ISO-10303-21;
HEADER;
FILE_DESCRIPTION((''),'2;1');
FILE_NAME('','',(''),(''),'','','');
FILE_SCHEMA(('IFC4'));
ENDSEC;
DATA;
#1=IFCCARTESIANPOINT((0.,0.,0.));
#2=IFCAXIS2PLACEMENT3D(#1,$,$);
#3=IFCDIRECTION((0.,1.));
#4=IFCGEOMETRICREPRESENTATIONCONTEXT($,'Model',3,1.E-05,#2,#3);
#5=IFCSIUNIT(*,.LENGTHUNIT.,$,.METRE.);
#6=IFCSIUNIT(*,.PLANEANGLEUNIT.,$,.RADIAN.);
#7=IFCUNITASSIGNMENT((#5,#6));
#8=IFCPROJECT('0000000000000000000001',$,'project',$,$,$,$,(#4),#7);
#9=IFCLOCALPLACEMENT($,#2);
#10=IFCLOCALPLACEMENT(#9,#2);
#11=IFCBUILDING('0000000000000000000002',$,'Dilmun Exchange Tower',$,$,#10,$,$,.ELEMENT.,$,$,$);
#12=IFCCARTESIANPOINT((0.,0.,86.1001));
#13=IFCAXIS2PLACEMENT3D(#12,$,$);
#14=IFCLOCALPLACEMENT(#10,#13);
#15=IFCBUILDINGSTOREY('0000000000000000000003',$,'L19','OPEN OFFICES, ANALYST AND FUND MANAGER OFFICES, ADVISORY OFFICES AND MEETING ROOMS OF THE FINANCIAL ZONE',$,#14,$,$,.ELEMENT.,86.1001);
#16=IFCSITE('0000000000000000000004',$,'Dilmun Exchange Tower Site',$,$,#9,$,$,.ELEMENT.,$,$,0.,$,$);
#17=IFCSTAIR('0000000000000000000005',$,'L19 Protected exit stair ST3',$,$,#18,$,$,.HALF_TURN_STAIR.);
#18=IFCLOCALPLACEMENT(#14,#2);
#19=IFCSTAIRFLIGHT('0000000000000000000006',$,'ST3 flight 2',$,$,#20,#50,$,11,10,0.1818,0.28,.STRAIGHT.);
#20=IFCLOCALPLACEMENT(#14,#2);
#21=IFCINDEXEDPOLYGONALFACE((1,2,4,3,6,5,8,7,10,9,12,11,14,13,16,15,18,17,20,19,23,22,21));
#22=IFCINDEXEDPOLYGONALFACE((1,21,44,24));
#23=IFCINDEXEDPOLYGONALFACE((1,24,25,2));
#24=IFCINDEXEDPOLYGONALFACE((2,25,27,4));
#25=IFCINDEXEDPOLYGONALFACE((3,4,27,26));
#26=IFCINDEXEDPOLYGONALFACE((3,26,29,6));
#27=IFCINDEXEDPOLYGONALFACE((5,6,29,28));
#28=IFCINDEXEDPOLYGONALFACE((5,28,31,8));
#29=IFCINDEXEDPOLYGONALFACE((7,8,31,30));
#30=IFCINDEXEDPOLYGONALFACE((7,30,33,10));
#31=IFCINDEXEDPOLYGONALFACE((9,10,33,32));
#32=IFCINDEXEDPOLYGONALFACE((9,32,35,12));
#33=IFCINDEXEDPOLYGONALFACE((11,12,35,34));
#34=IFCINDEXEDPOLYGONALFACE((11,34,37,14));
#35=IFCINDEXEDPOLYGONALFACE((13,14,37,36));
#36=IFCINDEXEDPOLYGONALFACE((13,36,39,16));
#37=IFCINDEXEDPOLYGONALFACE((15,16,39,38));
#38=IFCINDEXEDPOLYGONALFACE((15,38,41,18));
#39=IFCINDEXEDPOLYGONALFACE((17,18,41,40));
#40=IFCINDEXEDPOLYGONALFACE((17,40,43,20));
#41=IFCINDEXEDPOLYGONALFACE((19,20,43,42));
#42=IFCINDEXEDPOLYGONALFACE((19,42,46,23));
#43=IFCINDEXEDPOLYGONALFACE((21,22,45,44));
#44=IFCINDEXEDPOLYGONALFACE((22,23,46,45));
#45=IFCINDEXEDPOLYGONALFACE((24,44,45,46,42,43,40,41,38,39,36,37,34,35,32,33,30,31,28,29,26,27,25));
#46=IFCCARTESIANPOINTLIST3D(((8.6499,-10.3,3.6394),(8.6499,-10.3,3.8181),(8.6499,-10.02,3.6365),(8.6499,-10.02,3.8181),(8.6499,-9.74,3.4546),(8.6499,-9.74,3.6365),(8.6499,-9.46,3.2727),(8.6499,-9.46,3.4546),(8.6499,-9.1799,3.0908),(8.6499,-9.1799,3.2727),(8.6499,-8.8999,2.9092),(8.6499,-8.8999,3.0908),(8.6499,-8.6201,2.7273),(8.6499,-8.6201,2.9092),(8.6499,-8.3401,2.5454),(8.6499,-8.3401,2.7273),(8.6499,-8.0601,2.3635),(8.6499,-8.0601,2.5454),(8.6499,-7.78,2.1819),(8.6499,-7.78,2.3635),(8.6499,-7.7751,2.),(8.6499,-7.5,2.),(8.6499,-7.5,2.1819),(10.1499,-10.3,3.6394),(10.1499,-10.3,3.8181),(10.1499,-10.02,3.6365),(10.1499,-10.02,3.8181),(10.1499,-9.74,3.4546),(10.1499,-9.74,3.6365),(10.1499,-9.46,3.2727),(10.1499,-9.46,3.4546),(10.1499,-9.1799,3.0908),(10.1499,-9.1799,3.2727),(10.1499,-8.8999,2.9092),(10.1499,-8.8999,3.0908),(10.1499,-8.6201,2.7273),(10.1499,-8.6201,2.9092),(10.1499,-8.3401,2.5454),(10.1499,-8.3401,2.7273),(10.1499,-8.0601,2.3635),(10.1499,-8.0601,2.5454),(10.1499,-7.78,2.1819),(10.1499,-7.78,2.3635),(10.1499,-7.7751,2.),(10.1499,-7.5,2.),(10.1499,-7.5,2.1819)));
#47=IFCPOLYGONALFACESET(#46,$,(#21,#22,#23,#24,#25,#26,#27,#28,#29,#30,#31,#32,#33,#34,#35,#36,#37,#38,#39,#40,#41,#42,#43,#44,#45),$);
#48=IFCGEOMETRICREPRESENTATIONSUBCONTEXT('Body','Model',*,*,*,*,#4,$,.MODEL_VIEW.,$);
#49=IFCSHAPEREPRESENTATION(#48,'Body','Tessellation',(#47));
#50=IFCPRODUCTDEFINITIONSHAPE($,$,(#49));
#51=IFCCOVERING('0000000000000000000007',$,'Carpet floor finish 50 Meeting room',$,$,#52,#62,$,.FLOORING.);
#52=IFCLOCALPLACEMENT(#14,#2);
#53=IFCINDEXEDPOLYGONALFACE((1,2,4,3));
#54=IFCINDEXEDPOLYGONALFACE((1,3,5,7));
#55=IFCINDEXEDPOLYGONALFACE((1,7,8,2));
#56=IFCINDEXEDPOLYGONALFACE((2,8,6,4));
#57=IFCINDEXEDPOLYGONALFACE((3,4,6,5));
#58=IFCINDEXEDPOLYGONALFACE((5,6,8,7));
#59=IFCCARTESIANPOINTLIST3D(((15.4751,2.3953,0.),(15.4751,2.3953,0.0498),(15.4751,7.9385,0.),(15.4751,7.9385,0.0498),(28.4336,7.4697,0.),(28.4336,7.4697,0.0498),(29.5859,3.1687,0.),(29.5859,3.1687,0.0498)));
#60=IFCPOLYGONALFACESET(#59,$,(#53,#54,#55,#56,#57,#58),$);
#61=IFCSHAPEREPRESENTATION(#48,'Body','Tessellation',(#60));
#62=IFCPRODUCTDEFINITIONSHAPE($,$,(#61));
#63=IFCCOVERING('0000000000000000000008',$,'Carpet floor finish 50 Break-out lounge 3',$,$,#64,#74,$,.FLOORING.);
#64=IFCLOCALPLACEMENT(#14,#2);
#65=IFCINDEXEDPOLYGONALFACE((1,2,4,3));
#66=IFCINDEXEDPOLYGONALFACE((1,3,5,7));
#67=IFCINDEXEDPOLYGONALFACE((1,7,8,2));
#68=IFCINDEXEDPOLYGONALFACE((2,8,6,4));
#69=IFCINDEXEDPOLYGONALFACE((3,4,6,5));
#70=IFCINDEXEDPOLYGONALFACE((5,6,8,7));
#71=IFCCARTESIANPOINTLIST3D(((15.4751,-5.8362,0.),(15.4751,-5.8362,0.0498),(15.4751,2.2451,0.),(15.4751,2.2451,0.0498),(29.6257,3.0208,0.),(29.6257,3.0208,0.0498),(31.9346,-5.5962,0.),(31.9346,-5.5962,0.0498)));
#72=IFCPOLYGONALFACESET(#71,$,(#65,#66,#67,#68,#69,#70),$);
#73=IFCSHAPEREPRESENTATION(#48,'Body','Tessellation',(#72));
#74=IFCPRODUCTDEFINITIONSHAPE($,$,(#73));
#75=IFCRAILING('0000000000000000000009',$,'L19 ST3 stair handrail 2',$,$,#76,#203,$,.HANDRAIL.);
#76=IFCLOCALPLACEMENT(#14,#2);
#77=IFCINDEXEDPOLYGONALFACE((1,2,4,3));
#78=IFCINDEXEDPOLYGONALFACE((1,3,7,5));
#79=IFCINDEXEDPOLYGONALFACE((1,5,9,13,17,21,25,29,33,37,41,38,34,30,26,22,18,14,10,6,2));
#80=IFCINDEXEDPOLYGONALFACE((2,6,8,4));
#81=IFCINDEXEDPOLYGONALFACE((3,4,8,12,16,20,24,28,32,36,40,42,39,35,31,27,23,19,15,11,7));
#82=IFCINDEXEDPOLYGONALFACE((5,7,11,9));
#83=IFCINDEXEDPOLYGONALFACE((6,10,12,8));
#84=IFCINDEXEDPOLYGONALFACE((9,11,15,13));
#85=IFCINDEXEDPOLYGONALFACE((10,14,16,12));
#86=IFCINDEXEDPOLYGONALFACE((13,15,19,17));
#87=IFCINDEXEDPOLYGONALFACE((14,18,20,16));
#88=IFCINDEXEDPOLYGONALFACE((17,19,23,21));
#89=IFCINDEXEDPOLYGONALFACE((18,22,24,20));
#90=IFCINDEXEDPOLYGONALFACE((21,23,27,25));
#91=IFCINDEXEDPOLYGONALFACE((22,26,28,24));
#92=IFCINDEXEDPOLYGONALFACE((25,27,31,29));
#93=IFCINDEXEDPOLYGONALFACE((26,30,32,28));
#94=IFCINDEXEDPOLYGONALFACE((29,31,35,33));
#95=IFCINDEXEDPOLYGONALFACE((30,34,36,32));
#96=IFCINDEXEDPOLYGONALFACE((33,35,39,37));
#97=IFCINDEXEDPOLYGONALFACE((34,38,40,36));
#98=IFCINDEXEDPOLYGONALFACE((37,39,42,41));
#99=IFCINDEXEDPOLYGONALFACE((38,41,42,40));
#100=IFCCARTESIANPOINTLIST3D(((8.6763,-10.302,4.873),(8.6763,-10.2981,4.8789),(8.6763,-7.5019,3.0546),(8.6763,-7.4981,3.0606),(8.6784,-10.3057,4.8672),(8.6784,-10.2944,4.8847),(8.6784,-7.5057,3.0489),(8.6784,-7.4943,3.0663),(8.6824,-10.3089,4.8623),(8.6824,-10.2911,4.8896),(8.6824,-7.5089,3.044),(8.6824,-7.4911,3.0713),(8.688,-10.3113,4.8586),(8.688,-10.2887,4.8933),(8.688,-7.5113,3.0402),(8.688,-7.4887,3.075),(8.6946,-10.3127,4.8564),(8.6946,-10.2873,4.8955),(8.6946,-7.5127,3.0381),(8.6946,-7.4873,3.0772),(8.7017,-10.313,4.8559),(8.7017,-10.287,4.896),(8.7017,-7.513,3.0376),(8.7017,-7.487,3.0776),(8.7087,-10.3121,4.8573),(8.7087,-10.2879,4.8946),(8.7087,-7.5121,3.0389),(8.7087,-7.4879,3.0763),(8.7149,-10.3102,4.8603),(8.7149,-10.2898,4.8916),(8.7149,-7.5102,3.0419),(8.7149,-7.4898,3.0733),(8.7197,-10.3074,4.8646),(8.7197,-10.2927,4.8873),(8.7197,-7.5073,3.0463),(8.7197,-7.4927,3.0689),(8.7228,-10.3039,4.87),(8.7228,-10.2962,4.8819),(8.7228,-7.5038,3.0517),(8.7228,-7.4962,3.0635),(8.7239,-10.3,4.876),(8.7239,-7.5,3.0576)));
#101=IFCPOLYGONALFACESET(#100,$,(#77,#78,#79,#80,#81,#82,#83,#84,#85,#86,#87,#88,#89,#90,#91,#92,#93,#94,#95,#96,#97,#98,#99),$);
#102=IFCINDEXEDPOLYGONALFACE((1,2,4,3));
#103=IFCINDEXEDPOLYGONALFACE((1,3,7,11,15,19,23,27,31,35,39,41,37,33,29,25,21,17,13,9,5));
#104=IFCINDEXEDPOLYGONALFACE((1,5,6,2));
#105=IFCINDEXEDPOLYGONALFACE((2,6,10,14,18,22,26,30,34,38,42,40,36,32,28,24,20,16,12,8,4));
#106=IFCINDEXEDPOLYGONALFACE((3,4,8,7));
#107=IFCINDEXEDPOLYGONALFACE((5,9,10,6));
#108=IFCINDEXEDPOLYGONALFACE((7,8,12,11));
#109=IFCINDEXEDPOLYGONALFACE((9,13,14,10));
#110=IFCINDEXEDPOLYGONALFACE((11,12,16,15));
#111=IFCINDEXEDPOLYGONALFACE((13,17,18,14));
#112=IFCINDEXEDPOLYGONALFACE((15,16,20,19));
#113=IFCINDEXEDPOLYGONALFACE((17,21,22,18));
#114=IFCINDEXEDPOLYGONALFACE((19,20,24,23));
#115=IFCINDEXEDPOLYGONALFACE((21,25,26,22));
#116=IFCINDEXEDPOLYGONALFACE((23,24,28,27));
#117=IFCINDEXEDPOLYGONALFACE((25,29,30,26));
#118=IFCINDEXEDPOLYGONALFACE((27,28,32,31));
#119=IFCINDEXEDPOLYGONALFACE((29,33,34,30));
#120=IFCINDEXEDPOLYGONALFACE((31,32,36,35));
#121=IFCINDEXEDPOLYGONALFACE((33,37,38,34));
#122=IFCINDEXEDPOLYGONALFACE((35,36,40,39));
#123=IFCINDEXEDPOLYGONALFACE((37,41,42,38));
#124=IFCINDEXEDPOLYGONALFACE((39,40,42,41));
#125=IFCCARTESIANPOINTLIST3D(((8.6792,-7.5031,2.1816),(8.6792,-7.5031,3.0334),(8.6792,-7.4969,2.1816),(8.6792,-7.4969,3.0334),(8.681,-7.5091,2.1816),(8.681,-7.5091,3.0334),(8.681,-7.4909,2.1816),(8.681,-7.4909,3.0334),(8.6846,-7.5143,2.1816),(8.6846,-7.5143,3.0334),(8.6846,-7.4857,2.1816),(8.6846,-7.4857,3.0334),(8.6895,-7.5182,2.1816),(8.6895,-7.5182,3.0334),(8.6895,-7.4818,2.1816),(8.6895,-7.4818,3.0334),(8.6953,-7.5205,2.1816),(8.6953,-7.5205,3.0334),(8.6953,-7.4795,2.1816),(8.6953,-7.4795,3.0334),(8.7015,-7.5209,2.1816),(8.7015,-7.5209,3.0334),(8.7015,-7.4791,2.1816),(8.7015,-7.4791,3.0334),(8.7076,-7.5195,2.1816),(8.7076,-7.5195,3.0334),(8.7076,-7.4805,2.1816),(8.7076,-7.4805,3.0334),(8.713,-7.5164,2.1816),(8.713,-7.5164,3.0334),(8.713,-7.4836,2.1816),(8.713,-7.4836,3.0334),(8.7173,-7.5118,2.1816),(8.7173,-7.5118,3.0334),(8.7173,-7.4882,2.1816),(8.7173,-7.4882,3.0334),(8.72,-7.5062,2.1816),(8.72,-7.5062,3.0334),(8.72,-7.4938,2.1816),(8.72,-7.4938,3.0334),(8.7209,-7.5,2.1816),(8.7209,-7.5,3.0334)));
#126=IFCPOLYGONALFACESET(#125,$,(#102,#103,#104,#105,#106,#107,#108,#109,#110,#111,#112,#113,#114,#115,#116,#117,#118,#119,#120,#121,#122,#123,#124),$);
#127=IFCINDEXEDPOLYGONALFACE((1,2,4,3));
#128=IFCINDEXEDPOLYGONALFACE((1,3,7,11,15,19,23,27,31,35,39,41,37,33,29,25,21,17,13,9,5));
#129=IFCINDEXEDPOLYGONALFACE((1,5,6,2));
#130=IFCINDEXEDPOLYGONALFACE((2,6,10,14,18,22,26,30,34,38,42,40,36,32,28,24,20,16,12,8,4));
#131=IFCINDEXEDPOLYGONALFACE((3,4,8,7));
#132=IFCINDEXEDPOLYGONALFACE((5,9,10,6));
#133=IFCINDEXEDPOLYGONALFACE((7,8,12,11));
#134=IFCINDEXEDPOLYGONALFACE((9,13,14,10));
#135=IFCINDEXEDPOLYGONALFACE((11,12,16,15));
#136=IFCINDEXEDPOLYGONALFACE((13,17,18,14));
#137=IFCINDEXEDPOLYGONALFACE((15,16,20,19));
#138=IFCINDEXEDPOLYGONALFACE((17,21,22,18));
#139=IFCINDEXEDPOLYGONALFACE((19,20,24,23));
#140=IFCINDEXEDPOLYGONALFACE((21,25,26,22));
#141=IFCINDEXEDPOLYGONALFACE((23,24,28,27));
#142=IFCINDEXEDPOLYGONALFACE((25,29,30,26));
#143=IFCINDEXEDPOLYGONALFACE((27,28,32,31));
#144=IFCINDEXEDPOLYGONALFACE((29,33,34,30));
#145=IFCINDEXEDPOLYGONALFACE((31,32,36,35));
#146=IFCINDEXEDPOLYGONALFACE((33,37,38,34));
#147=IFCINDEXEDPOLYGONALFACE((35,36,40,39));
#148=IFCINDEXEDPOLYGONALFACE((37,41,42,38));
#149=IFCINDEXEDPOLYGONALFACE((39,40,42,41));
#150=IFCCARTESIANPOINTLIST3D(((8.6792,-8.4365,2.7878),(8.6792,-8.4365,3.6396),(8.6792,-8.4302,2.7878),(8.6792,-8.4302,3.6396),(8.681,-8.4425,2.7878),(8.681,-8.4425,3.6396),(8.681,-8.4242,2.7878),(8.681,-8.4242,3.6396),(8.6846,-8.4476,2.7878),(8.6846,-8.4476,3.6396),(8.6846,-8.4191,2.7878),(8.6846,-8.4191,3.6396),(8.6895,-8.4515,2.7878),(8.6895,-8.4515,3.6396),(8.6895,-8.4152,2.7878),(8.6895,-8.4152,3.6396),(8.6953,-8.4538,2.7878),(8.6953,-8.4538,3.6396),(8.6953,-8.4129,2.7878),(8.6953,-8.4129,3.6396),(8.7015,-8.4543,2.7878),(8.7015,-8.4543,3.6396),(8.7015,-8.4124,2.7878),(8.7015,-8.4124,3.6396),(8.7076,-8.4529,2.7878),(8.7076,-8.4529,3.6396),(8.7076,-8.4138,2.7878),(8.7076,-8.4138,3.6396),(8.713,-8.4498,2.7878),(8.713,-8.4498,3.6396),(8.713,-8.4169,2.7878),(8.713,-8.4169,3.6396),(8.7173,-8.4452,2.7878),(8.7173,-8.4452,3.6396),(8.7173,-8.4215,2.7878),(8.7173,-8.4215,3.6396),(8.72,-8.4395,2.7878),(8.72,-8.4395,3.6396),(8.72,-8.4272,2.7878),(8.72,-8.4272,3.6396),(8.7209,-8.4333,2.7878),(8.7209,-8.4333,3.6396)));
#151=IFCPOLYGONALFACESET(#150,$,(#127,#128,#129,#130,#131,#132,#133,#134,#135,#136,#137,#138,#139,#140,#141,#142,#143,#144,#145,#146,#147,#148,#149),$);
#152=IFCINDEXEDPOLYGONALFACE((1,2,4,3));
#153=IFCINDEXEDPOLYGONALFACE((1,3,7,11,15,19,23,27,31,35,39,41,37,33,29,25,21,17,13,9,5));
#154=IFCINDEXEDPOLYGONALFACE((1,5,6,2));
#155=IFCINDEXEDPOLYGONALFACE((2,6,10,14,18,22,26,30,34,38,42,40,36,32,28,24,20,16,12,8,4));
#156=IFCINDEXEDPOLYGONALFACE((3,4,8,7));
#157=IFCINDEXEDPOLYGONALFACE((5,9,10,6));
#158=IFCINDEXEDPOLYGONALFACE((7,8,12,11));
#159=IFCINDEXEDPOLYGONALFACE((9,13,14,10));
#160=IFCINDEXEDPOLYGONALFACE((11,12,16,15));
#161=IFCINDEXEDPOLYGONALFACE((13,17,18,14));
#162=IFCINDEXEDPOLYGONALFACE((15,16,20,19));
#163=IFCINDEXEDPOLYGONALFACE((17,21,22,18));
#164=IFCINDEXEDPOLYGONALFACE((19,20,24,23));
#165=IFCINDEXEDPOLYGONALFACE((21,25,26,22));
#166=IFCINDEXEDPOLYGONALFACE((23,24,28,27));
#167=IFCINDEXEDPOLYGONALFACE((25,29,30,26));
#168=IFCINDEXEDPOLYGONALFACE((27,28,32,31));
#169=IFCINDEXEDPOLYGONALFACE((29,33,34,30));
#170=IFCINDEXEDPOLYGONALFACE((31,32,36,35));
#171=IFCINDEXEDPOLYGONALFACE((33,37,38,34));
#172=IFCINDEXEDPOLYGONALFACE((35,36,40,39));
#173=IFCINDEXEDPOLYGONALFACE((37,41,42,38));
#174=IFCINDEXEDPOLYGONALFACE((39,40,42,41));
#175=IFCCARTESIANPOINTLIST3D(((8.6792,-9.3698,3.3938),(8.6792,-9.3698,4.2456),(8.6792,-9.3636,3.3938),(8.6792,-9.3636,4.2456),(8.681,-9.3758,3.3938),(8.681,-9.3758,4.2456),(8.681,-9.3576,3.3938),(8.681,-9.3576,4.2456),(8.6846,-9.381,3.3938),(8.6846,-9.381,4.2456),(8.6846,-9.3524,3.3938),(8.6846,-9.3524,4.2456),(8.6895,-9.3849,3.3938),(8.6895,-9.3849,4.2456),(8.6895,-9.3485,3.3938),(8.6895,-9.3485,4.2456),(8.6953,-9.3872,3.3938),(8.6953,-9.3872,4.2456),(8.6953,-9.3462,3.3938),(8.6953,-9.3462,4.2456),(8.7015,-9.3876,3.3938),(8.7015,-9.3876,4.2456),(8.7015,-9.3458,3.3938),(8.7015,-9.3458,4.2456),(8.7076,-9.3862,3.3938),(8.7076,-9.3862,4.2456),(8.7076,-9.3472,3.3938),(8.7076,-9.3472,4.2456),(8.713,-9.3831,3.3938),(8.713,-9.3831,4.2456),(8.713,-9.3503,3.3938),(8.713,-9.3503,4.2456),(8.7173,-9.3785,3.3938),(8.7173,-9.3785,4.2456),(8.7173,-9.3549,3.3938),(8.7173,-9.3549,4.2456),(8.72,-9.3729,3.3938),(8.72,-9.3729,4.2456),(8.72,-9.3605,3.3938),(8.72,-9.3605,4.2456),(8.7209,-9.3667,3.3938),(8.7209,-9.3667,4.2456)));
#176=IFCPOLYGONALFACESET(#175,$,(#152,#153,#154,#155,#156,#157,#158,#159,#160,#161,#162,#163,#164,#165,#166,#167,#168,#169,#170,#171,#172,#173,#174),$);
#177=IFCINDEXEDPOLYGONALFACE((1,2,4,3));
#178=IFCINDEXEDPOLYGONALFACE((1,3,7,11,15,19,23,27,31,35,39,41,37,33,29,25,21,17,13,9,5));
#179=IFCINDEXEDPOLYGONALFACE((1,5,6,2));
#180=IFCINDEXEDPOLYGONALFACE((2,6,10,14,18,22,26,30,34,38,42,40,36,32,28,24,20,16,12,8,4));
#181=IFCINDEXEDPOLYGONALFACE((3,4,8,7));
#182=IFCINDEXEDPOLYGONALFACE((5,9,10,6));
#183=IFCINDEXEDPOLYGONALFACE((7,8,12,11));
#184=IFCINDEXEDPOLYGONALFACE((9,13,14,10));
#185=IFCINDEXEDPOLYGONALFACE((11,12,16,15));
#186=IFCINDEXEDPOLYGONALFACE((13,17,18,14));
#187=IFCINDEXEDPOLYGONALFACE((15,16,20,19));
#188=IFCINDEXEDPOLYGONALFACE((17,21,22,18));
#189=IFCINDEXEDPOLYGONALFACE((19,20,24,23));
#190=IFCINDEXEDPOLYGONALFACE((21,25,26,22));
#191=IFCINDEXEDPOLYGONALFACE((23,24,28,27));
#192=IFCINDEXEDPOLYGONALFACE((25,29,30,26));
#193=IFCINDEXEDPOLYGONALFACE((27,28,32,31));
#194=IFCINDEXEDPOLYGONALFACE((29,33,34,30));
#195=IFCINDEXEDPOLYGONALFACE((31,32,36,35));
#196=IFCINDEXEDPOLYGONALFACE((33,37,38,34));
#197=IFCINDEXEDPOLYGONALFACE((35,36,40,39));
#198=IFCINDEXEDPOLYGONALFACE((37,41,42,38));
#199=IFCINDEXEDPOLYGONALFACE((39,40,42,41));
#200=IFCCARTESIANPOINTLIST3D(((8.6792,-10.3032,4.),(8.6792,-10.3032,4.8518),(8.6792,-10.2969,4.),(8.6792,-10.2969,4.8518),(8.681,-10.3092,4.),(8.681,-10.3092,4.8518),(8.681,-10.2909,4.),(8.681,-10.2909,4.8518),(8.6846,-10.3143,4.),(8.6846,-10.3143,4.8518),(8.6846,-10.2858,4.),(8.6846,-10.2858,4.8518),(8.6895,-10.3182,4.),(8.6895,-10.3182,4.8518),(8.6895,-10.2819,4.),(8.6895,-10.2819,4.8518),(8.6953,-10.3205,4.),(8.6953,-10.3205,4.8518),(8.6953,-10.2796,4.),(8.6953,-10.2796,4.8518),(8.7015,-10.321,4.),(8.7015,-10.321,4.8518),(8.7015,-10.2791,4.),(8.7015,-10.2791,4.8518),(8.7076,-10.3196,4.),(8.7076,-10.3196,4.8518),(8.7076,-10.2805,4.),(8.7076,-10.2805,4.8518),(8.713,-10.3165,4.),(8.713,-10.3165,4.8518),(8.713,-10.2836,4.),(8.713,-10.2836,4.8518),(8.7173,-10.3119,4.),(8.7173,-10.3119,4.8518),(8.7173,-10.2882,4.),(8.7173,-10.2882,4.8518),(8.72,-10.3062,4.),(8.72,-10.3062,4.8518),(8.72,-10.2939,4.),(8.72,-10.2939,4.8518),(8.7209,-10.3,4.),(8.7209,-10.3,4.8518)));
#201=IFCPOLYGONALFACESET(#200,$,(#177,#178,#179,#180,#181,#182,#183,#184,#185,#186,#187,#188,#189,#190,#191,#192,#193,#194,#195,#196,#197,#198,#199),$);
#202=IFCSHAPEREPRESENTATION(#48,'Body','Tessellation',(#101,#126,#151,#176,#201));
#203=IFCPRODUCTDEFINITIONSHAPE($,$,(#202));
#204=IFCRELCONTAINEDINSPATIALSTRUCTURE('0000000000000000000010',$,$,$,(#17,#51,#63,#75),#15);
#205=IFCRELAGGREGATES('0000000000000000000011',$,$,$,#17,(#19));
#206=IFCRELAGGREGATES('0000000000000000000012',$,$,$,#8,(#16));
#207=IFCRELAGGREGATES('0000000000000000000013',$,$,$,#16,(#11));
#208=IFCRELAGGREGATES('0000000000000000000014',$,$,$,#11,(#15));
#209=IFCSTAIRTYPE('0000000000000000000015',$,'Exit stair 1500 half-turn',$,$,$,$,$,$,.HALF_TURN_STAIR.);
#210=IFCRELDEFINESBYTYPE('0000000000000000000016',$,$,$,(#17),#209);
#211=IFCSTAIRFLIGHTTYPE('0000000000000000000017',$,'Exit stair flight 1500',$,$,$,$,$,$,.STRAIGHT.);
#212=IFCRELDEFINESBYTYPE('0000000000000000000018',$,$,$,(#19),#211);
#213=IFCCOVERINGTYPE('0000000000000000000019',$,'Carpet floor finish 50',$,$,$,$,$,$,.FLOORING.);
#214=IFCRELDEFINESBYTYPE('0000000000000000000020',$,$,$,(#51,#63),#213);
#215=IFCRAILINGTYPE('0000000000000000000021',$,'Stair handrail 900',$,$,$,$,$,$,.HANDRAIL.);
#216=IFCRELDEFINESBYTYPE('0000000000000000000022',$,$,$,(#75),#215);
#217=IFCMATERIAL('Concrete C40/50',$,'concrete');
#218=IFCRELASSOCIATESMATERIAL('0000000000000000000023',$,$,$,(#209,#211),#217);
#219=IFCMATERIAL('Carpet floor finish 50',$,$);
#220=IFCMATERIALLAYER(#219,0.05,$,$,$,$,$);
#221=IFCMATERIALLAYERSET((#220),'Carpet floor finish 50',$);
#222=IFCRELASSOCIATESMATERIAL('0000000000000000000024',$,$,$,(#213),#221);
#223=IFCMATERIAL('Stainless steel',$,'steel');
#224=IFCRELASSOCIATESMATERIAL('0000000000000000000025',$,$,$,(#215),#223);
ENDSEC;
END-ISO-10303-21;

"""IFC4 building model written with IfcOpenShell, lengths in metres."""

from ifc_helpers import new_model, si_unit, direction, frame, origin, origin_2d, place, context, subcontext, project, spatial, polyline, circle, outline, extrude, material, layer, layer_set, type_object, element, aggregate, save


model = new_model("IFC4")

# Units and contexts
model_context = context("Model", 3, precision=1e-05, world=origin(), true_north=direction((0.0, 1.0)))
body_context = subcontext(model_context, "Body", "Model", "MODEL_VIEW")
ifc_project = project(units=[si_unit("LENGTHUNIT", "METRE"), si_unit("PLANEANGLEUNIT", "RADIAN")], contexts=[model_context])

# Site, building, storey
site_placement = place(None, origin())
site = spatial("IfcSite", under=ifc_project, at=site_placement, Name="Dilmun Exchange Tower Site", CompositionType="ELEMENT", RefElevation=0.0)
building_placement = place(site_placement, origin())
building = spatial("IfcBuilding", under=site, at=building_placement, Name="Dilmun Exchange Tower", CompositionType="ELEMENT")
storey_placement = place(building_placement, frame((0.0, 0.0, 86.1001)))
storey = spatial("IfcBuildingStorey", under=building, at=storey_placement, Name="L19", Description="OPEN OFFICES, ANALYST AND FUND MANAGER OFFICES, ADVISORY OFFICES AND MEETING ROOMS OF THE FINANCIAL ZONE", CompositionType="ELEMENT", Elevation=86.1001)

# Shared definitions
ifc_material_1 = material(Name="Concrete C40/50", Category="concrete")

# Stair, stair flight
stair_type = type_object("IfcStairType", Name="Exit stair 1500 half-turn", PredefinedType="HALF_TURN_STAIR", material=ifc_material_1)
stair_placement = place(storey_placement, origin())
stair = element("IfcStair", 1, at=stair_placement, inside=storey, type_object=stair_type, Name="L19 Protected exit stair ST3", PredefinedType="HALF_TURN_STAIR")
stair_flight_type = type_object("IfcStairFlightType", Name="Exit stair flight 1500", PredefinedType="STRAIGHT", material=ifc_material_1)
stair_flight_placement = place(storey_placement, frame((9.3999, -7.5, 2.0), z_axis=(0.0, 0.0, 1.0), x_axis=(0.0, -1.0, 0.0)))
stair_flight = element("IfcStairFlight", 2, at=stair_flight_placement, type_object=stair_flight_type, Name="ST3 flight 2", NumberOfRisers=11, NumberOfTreads=10, PredefinedType="STRAIGHT", RiserHeight=0.1818, TreadLength=0.28, context=body_context, shape_type="SweptSolid", body=[
    extrude(outline(polyline([(0.0, 0.0), (0.0, 0.1819), (0.28, 0.1819), (0.28, 0.3635), (0.5601, 0.3635), (0.5601, 0.5454), (0.8401, 0.5454), (0.8401, 0.7273), (1.1201, 0.7273), (1.1201, 0.9092), (1.3999, 0.9092), (1.3999, 1.0908), (1.6799, 1.0908), (1.6799, 1.2727), (1.96, 1.2727), (1.96, 1.4546), (2.24, 1.4546), (2.24, 1.6365), (2.52, 1.6365), (2.52, 1.8181), (2.8, 1.8181), (2.8, 2.0), (2.8, 1.6394), (0.2751, 0.0), (0.0, 0.0)])), frame((0.0, 0.75, 0.0), z_axis=(0.0, -1.0, 0.0), x_axis=(1.0, 0.0, 0.0)), (0.0, 0.0, 1.0), 1.5),
])
aggregate(stair, [stair_flight])

# Coverings
ifc_material_2 = material(Name="Carpet floor finish 50")
ifc_layer_1 = layer(ifc_material_2, 0.05)
ifc_layer_set_1 = layer_set([ifc_layer_1], Name="Carpet floor finish 50")
covering_type = type_object("IfcCoveringType", Name="Carpet floor finish 50", PredefinedType="FLOORING", material=ifc_layer_set_1)
covering_1_placement = place(storey_placement, origin())
element("IfcCovering", 3, at=covering_1_placement, inside=storey, type_object=covering_type, Name="Carpet floor finish 50 Meeting room", PredefinedType="FLOORING", context=body_context, shape_type="SweptSolid", body=[
    extrude(outline(polyline([(15.4751, 2.3953), (15.4751, 7.9385), (28.4336, 7.4697), (29.5859, 3.1687), (15.4751, 2.3953)])), origin(), (0.0, 0.0, 1.0), 0.0498),
])
covering_2_placement = place(storey_placement, origin())
element("IfcCovering", 4, at=covering_2_placement, inside=storey, type_object=covering_type, Name="Carpet floor finish 50 Break-out lounge 3", PredefinedType="FLOORING", context=body_context, shape_type="SweptSolid", body=[
    extrude(outline(polyline([(15.4751, -5.8362), (15.4751, 2.2451), (29.6257, 3.0208), (31.9346, -5.5962), (15.4751, -5.8362)])), origin(), (0.0, 0.0, 1.0), 0.0498),
])

# Railing
ifc_material_3 = material(Name="Stainless steel", Category="steel")
railing_type = type_object("IfcRailingType", Name="Stair handrail 900", PredefinedType="HANDRAIL", material=ifc_material_3)
railing_placement = place(storey_placement, frame((8.7, -7.5, 2.1816)))
element("IfcRailing", 5, at=railing_placement, inside=storey, type_object=railing_type, Name="L19 ST3 stair handrail 2", PredefinedType="HANDRAIL", context=body_context, shape_type="SweptSolid", body=[
    extrude(circle(Radius=0.0239, at=origin_2d()), frame((0.0, 0.0, 0.876), z_axis=(0.0, -0.838672, 0.544636), x_axis=(1.0, 0.0, 0.0)), (0.0, 0.0, 1.0), 3.3386),
    extrude(circle(Radius=0.021, at=origin_2d()), origin(), (0.0, 0.0, 1.0), 0.8518),
    extrude(circle(Radius=0.021, at=origin_2d()), frame((0.0, -0.9333, 0.6062)), (0.0, 0.0, 1.0), 0.8518),
    extrude(circle(Radius=0.021, at=origin_2d()), frame((0.0, -1.8667, 1.2122)), (0.0, 0.0, 1.0), 0.8518),
    extrude(circle(Radius=0.021, at=origin_2d()), frame((0.0, -2.8, 1.8184)), (0.0, 0.0, 1.0), 0.8518),
])

save(model, "model.ifc")
